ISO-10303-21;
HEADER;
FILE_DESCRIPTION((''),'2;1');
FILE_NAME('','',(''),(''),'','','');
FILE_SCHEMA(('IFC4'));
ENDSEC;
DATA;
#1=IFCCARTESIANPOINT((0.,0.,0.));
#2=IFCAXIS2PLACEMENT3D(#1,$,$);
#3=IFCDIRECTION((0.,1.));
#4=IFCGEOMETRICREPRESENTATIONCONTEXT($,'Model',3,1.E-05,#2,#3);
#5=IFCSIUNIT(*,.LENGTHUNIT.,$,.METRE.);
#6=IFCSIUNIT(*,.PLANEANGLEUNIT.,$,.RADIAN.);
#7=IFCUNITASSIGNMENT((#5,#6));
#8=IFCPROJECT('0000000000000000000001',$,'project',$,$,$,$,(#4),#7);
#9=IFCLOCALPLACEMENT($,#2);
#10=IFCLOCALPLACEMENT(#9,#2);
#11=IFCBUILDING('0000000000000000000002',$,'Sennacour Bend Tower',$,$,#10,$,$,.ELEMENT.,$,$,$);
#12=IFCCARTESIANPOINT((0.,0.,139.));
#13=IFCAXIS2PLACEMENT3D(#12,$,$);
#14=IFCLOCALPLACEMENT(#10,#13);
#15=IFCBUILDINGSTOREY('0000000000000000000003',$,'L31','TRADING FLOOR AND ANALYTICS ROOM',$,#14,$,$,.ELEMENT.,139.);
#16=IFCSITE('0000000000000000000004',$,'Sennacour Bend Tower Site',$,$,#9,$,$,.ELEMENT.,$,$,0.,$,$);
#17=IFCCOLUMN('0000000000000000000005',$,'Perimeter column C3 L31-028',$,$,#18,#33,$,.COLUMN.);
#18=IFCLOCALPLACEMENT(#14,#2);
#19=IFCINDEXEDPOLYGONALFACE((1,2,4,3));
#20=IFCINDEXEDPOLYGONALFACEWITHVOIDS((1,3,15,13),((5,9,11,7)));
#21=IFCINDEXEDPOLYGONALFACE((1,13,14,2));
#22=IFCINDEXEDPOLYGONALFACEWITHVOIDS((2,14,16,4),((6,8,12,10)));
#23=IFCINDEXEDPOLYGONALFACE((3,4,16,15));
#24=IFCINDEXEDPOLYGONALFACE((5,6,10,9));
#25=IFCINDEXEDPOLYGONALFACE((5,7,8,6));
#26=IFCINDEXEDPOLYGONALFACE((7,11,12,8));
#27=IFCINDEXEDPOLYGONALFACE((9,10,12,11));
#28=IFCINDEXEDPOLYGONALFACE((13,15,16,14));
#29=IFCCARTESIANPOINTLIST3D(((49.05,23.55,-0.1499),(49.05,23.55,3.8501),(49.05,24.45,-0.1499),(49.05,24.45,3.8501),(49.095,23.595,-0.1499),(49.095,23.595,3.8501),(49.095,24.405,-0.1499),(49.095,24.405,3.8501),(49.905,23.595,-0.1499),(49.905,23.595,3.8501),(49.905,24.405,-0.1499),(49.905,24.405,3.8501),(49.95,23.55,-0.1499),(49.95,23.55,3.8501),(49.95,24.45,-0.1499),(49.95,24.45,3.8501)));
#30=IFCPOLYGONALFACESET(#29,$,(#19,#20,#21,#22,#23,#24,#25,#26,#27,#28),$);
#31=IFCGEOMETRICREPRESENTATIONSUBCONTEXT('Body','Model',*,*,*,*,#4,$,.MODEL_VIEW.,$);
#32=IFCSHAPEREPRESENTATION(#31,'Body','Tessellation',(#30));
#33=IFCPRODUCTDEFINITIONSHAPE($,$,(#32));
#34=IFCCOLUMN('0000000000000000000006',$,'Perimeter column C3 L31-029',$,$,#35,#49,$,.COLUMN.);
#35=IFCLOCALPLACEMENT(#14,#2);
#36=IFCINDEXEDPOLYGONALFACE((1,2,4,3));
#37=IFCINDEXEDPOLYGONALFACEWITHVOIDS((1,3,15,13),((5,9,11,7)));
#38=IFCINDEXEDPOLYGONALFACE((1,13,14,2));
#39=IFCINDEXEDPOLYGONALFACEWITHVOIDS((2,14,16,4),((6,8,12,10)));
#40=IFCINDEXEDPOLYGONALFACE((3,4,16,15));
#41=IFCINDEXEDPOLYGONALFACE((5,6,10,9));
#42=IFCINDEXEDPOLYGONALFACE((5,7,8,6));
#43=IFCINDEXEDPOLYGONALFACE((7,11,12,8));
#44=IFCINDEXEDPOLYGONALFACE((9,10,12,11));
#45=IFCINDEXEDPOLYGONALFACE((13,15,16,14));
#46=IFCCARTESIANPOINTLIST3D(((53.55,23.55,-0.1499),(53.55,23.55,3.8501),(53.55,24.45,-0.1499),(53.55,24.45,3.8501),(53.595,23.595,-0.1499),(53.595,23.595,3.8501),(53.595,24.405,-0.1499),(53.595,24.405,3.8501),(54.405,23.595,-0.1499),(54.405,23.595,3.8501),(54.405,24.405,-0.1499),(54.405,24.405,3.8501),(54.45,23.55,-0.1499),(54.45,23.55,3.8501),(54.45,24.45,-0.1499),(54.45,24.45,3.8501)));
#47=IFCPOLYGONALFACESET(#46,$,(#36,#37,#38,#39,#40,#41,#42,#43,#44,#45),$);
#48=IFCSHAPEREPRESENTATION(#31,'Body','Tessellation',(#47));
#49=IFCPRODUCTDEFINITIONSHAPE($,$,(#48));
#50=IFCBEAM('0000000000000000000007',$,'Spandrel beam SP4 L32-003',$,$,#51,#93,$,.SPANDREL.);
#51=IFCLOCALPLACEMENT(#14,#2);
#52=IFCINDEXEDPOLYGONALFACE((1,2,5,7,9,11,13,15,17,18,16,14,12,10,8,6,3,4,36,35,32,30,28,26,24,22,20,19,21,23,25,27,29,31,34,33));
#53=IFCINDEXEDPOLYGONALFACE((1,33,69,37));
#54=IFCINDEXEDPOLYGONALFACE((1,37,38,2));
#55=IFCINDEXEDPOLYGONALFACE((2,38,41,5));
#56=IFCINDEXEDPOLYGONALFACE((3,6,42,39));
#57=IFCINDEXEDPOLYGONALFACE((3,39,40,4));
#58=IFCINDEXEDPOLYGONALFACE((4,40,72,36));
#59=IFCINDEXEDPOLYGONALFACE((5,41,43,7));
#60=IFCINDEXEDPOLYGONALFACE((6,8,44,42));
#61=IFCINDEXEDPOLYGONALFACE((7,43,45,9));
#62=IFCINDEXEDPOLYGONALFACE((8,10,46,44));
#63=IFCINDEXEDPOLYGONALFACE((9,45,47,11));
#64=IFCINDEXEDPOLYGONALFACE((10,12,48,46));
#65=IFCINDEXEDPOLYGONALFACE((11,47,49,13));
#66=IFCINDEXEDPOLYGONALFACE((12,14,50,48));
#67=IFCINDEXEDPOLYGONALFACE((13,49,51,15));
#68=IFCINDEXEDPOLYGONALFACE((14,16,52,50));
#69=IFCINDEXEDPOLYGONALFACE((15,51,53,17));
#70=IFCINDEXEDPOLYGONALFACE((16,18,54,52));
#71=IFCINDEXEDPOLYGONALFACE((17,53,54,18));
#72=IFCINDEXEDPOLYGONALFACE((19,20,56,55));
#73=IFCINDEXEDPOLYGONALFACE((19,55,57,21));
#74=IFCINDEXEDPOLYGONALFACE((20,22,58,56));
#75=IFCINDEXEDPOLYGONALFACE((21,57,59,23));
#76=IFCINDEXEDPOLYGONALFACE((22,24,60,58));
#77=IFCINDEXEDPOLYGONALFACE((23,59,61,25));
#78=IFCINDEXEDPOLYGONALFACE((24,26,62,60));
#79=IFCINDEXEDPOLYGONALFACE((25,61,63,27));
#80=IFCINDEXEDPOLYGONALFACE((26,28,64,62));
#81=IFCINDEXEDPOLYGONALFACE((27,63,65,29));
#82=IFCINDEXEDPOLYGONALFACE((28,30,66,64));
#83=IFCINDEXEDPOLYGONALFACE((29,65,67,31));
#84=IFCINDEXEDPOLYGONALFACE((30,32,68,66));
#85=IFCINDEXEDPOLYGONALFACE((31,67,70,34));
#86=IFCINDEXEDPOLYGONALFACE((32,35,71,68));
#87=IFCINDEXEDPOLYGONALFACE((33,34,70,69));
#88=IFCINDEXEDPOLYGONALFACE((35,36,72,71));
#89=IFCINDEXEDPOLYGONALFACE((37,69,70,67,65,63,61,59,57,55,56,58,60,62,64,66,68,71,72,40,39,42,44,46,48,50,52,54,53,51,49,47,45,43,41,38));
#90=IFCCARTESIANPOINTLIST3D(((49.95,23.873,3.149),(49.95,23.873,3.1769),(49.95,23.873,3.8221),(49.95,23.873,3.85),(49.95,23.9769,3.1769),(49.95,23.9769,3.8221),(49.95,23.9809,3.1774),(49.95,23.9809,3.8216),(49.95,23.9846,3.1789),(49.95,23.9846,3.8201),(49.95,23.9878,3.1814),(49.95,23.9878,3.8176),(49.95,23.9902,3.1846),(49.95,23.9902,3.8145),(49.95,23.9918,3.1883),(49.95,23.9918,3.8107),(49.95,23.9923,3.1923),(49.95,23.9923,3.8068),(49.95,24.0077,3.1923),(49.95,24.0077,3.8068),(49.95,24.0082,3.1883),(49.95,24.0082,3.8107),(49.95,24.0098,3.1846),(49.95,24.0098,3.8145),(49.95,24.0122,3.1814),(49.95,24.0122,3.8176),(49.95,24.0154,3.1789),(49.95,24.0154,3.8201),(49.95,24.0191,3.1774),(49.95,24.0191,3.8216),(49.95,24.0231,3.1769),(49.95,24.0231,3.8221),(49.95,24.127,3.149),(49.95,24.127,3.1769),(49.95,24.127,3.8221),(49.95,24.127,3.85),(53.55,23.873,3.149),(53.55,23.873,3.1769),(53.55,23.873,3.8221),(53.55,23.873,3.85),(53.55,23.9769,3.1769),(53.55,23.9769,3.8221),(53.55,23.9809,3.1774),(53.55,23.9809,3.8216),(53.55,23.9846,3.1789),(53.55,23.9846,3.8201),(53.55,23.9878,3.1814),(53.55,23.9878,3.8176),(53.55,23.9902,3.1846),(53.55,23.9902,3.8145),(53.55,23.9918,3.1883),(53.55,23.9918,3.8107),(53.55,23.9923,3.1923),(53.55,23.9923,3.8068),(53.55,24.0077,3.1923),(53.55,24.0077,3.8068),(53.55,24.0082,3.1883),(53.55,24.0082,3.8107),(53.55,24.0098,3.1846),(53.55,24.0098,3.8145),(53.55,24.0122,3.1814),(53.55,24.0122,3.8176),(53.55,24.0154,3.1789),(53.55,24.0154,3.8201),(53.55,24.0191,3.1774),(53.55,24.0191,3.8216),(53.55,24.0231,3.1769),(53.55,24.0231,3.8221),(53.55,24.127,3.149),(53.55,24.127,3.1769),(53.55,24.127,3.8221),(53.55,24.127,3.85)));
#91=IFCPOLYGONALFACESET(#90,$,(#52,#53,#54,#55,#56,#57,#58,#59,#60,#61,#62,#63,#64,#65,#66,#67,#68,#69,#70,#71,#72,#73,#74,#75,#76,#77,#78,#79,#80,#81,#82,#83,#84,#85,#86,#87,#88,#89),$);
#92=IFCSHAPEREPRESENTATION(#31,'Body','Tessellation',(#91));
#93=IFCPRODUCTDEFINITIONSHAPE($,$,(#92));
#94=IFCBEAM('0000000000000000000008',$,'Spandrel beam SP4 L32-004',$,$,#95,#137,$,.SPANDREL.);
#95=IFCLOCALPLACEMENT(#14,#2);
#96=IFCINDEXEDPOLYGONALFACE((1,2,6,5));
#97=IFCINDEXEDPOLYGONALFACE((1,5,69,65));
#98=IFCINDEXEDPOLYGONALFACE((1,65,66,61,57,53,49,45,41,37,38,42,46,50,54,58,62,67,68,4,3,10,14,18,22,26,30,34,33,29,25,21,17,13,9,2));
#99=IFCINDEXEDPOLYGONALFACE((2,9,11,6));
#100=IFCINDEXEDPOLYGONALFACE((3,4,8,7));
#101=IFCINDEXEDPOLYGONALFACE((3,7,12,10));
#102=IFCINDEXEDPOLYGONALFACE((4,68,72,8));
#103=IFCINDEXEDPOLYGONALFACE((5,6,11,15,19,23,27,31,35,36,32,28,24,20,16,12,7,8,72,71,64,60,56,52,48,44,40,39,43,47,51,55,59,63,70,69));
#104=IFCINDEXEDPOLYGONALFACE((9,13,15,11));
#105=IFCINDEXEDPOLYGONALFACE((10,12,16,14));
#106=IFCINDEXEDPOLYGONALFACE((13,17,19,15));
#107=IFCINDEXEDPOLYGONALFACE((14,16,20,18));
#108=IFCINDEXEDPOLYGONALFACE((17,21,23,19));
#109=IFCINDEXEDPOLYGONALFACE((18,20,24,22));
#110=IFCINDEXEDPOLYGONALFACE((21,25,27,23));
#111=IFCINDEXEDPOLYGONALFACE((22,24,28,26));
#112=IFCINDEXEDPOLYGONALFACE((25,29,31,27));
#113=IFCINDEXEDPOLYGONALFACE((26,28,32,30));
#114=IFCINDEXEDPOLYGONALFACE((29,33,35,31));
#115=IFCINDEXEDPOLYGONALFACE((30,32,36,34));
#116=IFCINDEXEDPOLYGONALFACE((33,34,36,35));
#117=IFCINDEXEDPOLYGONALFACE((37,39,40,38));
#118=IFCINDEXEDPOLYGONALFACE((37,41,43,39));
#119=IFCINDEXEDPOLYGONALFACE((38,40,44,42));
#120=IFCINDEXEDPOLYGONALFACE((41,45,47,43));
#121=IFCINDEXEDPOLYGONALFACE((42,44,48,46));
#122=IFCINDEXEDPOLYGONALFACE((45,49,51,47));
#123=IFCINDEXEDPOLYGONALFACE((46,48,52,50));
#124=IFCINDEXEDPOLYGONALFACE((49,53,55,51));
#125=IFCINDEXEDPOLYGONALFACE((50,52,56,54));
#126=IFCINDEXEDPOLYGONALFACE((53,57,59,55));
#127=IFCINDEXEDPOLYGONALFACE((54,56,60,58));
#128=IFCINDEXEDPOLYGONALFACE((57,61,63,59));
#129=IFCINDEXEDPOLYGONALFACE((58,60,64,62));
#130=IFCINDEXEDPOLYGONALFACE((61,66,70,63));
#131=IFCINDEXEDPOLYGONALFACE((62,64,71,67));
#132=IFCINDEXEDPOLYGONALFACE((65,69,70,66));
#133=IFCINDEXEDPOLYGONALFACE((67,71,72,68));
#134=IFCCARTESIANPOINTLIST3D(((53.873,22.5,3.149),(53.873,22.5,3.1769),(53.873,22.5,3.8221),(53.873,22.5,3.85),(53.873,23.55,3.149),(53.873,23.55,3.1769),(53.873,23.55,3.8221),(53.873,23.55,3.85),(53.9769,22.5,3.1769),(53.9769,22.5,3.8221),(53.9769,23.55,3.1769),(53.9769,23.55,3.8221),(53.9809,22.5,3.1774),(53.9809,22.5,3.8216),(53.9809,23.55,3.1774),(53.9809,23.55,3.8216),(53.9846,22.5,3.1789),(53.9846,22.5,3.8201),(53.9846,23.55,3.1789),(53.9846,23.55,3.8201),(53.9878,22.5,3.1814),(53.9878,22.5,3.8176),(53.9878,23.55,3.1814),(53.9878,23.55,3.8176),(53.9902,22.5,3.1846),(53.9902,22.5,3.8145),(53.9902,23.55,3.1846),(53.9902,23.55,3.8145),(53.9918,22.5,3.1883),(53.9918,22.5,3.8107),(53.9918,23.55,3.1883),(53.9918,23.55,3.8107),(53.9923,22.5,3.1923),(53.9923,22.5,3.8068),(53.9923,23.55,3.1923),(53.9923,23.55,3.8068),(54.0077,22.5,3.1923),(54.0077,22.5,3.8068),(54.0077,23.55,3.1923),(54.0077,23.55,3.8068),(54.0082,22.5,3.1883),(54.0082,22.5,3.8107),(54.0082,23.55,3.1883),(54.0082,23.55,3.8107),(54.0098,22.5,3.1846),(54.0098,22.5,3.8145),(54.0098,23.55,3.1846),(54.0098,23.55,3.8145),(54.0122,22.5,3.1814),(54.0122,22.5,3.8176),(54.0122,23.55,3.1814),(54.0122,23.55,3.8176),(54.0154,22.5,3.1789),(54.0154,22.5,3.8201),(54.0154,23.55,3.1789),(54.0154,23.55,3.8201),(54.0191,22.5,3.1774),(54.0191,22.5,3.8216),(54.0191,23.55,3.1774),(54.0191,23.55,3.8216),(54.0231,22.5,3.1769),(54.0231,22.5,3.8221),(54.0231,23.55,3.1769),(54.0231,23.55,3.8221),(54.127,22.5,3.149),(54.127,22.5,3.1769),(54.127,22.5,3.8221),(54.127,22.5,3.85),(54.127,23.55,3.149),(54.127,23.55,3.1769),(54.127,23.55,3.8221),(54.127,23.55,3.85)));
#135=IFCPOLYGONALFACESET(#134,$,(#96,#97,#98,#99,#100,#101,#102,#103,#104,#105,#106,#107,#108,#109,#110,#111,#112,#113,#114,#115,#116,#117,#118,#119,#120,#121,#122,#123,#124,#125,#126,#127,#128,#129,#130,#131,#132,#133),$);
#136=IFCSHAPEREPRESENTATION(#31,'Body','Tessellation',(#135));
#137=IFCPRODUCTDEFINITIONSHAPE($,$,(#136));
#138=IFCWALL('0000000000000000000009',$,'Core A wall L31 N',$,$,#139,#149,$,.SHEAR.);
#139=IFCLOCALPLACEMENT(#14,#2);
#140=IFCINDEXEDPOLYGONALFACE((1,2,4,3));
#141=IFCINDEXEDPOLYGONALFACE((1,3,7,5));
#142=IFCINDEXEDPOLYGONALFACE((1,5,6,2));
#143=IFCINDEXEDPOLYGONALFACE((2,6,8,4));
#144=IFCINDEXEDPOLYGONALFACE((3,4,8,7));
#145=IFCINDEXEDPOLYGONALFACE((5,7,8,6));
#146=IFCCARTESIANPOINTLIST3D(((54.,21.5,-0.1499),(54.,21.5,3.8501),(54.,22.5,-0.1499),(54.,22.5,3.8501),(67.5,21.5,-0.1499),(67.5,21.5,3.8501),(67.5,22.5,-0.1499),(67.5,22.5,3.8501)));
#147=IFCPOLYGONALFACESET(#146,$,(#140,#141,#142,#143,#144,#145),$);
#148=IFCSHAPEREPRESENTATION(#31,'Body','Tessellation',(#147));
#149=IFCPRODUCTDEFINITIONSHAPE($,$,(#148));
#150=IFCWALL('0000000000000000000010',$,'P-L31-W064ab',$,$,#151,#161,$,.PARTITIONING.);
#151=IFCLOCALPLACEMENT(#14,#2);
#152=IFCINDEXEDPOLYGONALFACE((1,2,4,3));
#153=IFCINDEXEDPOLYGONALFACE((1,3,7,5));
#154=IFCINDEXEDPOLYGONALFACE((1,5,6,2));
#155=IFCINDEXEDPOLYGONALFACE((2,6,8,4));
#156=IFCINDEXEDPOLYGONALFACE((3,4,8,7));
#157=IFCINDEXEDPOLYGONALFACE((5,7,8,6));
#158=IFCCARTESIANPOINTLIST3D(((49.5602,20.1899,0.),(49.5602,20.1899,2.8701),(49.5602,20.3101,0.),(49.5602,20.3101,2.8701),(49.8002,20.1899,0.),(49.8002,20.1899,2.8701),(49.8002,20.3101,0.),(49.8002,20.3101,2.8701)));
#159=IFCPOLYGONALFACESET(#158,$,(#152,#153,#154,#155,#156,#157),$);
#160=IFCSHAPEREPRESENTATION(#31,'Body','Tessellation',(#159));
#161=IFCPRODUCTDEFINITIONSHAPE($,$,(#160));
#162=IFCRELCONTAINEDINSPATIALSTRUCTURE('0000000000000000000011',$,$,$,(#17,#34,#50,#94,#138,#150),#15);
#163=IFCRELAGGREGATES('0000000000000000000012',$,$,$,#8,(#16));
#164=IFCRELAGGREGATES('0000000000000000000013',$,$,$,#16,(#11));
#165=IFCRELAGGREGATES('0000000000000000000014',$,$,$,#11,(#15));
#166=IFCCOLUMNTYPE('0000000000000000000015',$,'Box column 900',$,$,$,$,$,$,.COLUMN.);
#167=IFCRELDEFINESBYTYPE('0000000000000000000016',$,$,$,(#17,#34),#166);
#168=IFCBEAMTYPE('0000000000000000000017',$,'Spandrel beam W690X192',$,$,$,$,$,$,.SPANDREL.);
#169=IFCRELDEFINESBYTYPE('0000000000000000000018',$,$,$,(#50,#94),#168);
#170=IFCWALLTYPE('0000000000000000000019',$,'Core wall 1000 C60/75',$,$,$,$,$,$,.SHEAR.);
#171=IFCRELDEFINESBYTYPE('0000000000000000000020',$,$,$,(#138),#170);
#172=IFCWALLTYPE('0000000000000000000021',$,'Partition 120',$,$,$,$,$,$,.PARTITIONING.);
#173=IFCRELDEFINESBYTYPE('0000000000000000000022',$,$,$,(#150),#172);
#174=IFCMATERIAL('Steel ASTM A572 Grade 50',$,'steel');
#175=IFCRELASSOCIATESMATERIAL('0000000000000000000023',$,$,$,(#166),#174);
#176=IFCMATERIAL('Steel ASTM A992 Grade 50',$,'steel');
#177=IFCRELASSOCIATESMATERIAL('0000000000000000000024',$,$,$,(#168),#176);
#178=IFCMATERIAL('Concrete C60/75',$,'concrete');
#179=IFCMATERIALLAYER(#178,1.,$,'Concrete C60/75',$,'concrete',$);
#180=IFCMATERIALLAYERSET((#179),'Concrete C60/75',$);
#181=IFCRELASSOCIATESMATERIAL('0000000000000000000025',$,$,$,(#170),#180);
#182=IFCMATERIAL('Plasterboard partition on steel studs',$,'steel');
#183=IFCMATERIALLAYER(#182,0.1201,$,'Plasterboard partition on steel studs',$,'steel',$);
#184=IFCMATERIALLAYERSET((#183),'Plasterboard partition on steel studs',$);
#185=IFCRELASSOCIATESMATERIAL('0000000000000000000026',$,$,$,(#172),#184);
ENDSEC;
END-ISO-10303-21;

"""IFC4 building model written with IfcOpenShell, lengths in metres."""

from ifc_helpers import new_model, si_unit, direction, frame, frame_2d, origin, origin_2d, place, context, subcontext, project, spatial, rectangle, hollow_rectangle, i_section, extrude, material, layer, layer_set, material_profile, profile_set, type_object, element, save


model = new_model("IFC4")

# Units and contexts
model_context = context("Model", 3, precision=1e-05, world=origin(), true_north=direction((0.0, 1.0)))
body_context = subcontext(model_context, "Body", "Model", "MODEL_VIEW")
ifc_project = project(units=[si_unit("LENGTHUNIT", "METRE"), si_unit("PLANEANGLEUNIT", "RADIAN")], contexts=[model_context])

# Site, building, storey
site_placement = place(None, origin())
site = spatial("IfcSite", under=ifc_project, at=site_placement, Name="Sennacour Bend Tower Site", CompositionType="ELEMENT", RefElevation=0.0)
building_placement = place(site_placement, origin())
building = spatial("IfcBuilding", under=site, at=building_placement, Name="Sennacour Bend Tower", CompositionType="ELEMENT")
storey_placement = place(building_placement, frame((0.0, 0.0, 139.0)))
storey = spatial("IfcBuildingStorey", under=building, at=storey_placement, Name="L31", Description="TRADING FLOOR AND ANALYTICS ROOM", CompositionType="ELEMENT", Elevation=139.0)

# Columns
ifc_material_1 = material(Name="Steel ASTM A572 Grade 50", Category="steel")
ifc_material_profile_1 = material_profile(ifc_material_1, hollow_rectangle(XDim=0.8999, YDim=0.8999, WallThickness=0.0449, at=origin_2d()), Name="Steel ASTM A572 Grade 50", Category="steel")
ifc_profile_set_1 = profile_set([ifc_material_profile_1], Name="Steel ASTM A572 Grade 50")
column_type = type_object("IfcColumnType", Name="Box column 900", PredefinedType="COLUMN", material=ifc_profile_set_1)
for number, where, z_axis, x_axis, name in (
    (1, (49.5, 24.0, -0.1499), (0.0, 0.0, 1.0), (1.0, 0.0, 0.0), "Perimeter column C3 L31-028"),
    (2, (54.0, 24.0, -0.1499), (0.0, 0.0, 1.0), (1.0, 0.0, 0.0), "Perimeter column C3 L31-029"),
):
    element("IfcColumn", number, at=place(storey_placement, frame(where, z_axis=z_axis, x_axis=x_axis)), inside=storey, type_object=column_type, Name=name, PredefinedType="COLUMN", context=body_context, shape_type="SweptSolid", body=[
        extrude(hollow_rectangle(XDim=0.8999, YDim=0.8999, WallThickness=0.0449, at=origin_2d()), origin(), (0.0, 0.0, 1.0), 4.0),
    ])

# Beams
ifc_material_2 = material(Name="Steel ASTM A992 Grade 50", Category="steel")
ifc_material_profile_2 = material_profile(ifc_material_2, i_section(OverallWidth=0.2539, OverallDepth=0.7009, WebThickness=0.0154, FlangeThickness=0.0278, FilletRadius=0.0154, at=origin_2d()), Name="Steel ASTM A992 Grade 50", Category="steel")
ifc_profile_set_2 = profile_set([ifc_material_profile_2], Name="Steel ASTM A992 Grade 50")
beam_type = type_object("IfcBeamType", Name="Spandrel beam W690X192", PredefinedType="SPANDREL", material=ifc_profile_set_2)
beam_1_placement = place(storey_placement, frame((49.95, 24.0, 3.4995), z_axis=(1.0, 0.0, 0.0), x_axis=(0.0, 1.0, 0.0)))
element("IfcBeam", 3, at=beam_1_placement, inside=storey, type_object=beam_type, Name="Spandrel beam SP4 L32-003", PredefinedType="SPANDREL", context=body_context, shape_type="SweptSolid", body=[
    extrude(i_section(OverallWidth=0.2539, OverallDepth=0.7009, WebThickness=0.0154, FlangeThickness=0.0278, FilletRadius=0.0154, at=origin_2d()), origin(), (0.0, 0.0, 1.0), 3.6001),
])
beam_2_placement = place(storey_placement, frame((54.0, 23.55, 3.4995), z_axis=(0.0, -1.0, 0.0), x_axis=(1.0, 0.0, 0.0)))
element("IfcBeam", 4, at=beam_2_placement, inside=storey, type_object=beam_type, Name="Spandrel beam SP4 L32-004", PredefinedType="SPANDREL", context=body_context, shape_type="SweptSolid", body=[
    extrude(i_section(OverallWidth=0.2539, OverallDepth=0.7009, WebThickness=0.0154, FlangeThickness=0.0278, FilletRadius=0.0154, at=origin_2d()), origin(), (0.0, 0.0, 1.0), 1.05),
])

# Walls
ifc_material_3 = material(Name="Concrete C60/75", Category="concrete")
ifc_layer_1 = layer(ifc_material_3, 1.0, Name="Concrete C60/75", Category="concrete")
ifc_layer_set_1 = layer_set([ifc_layer_1], Name="Concrete C60/75")
wall_type_1 = type_object("IfcWallType", Name="Core wall 1000 C60/75", PredefinedType="SHEAR", material=ifc_layer_set_1)
wall_1_placement = place(storey_placement, frame((54.0, 22.0, -0.1499), z_axis=(0.0, 0.0, 1.0), x_axis=(1.0, 0.0, 0.0)))
element("IfcWall", 5, at=wall_1_placement, inside=storey, type_object=wall_type_1, Name="Core A wall L31 N", PredefinedType="SHEAR", context=body_context, shape_type="SweptSolid", body=[
    extrude(rectangle(XDim=13.5, YDim=1.0, at=frame_2d((6.75, 0.0))), origin(), (0.0, 0.0, 1.0), 4.0),
])
ifc_material_4 = material(Name="Plasterboard partition on steel studs", Category="steel")
ifc_layer_2 = layer(ifc_material_4, 0.1201, Name="Plasterboard partition on steel studs", Category="steel")
ifc_layer_set_2 = layer_set([ifc_layer_2], Name="Plasterboard partition on steel studs")
wall_type_2 = type_object("IfcWallType", Name="Partition 120", PredefinedType="PARTITIONING", material=ifc_layer_set_2)
wall_2_placement = place(storey_placement, frame((49.5601, 20.25, 0.0), z_axis=(0.0, 0.0, 1.0), x_axis=(1.0, 0.0, 0.0)))
element("IfcWall", 6, at=wall_2_placement, inside=storey, type_object=wall_type_2, Name="P-L31-W064ab", PredefinedType="PARTITIONING", context=body_context, shape_type="SweptSolid", body=[
    extrude(rectangle(XDim=0.24, YDim=0.1201, at=frame_2d((0.1201, 0.0))), origin(), (0.0, 0.0, 1.0), 2.8701),
])

save(model, "model.ifc")
